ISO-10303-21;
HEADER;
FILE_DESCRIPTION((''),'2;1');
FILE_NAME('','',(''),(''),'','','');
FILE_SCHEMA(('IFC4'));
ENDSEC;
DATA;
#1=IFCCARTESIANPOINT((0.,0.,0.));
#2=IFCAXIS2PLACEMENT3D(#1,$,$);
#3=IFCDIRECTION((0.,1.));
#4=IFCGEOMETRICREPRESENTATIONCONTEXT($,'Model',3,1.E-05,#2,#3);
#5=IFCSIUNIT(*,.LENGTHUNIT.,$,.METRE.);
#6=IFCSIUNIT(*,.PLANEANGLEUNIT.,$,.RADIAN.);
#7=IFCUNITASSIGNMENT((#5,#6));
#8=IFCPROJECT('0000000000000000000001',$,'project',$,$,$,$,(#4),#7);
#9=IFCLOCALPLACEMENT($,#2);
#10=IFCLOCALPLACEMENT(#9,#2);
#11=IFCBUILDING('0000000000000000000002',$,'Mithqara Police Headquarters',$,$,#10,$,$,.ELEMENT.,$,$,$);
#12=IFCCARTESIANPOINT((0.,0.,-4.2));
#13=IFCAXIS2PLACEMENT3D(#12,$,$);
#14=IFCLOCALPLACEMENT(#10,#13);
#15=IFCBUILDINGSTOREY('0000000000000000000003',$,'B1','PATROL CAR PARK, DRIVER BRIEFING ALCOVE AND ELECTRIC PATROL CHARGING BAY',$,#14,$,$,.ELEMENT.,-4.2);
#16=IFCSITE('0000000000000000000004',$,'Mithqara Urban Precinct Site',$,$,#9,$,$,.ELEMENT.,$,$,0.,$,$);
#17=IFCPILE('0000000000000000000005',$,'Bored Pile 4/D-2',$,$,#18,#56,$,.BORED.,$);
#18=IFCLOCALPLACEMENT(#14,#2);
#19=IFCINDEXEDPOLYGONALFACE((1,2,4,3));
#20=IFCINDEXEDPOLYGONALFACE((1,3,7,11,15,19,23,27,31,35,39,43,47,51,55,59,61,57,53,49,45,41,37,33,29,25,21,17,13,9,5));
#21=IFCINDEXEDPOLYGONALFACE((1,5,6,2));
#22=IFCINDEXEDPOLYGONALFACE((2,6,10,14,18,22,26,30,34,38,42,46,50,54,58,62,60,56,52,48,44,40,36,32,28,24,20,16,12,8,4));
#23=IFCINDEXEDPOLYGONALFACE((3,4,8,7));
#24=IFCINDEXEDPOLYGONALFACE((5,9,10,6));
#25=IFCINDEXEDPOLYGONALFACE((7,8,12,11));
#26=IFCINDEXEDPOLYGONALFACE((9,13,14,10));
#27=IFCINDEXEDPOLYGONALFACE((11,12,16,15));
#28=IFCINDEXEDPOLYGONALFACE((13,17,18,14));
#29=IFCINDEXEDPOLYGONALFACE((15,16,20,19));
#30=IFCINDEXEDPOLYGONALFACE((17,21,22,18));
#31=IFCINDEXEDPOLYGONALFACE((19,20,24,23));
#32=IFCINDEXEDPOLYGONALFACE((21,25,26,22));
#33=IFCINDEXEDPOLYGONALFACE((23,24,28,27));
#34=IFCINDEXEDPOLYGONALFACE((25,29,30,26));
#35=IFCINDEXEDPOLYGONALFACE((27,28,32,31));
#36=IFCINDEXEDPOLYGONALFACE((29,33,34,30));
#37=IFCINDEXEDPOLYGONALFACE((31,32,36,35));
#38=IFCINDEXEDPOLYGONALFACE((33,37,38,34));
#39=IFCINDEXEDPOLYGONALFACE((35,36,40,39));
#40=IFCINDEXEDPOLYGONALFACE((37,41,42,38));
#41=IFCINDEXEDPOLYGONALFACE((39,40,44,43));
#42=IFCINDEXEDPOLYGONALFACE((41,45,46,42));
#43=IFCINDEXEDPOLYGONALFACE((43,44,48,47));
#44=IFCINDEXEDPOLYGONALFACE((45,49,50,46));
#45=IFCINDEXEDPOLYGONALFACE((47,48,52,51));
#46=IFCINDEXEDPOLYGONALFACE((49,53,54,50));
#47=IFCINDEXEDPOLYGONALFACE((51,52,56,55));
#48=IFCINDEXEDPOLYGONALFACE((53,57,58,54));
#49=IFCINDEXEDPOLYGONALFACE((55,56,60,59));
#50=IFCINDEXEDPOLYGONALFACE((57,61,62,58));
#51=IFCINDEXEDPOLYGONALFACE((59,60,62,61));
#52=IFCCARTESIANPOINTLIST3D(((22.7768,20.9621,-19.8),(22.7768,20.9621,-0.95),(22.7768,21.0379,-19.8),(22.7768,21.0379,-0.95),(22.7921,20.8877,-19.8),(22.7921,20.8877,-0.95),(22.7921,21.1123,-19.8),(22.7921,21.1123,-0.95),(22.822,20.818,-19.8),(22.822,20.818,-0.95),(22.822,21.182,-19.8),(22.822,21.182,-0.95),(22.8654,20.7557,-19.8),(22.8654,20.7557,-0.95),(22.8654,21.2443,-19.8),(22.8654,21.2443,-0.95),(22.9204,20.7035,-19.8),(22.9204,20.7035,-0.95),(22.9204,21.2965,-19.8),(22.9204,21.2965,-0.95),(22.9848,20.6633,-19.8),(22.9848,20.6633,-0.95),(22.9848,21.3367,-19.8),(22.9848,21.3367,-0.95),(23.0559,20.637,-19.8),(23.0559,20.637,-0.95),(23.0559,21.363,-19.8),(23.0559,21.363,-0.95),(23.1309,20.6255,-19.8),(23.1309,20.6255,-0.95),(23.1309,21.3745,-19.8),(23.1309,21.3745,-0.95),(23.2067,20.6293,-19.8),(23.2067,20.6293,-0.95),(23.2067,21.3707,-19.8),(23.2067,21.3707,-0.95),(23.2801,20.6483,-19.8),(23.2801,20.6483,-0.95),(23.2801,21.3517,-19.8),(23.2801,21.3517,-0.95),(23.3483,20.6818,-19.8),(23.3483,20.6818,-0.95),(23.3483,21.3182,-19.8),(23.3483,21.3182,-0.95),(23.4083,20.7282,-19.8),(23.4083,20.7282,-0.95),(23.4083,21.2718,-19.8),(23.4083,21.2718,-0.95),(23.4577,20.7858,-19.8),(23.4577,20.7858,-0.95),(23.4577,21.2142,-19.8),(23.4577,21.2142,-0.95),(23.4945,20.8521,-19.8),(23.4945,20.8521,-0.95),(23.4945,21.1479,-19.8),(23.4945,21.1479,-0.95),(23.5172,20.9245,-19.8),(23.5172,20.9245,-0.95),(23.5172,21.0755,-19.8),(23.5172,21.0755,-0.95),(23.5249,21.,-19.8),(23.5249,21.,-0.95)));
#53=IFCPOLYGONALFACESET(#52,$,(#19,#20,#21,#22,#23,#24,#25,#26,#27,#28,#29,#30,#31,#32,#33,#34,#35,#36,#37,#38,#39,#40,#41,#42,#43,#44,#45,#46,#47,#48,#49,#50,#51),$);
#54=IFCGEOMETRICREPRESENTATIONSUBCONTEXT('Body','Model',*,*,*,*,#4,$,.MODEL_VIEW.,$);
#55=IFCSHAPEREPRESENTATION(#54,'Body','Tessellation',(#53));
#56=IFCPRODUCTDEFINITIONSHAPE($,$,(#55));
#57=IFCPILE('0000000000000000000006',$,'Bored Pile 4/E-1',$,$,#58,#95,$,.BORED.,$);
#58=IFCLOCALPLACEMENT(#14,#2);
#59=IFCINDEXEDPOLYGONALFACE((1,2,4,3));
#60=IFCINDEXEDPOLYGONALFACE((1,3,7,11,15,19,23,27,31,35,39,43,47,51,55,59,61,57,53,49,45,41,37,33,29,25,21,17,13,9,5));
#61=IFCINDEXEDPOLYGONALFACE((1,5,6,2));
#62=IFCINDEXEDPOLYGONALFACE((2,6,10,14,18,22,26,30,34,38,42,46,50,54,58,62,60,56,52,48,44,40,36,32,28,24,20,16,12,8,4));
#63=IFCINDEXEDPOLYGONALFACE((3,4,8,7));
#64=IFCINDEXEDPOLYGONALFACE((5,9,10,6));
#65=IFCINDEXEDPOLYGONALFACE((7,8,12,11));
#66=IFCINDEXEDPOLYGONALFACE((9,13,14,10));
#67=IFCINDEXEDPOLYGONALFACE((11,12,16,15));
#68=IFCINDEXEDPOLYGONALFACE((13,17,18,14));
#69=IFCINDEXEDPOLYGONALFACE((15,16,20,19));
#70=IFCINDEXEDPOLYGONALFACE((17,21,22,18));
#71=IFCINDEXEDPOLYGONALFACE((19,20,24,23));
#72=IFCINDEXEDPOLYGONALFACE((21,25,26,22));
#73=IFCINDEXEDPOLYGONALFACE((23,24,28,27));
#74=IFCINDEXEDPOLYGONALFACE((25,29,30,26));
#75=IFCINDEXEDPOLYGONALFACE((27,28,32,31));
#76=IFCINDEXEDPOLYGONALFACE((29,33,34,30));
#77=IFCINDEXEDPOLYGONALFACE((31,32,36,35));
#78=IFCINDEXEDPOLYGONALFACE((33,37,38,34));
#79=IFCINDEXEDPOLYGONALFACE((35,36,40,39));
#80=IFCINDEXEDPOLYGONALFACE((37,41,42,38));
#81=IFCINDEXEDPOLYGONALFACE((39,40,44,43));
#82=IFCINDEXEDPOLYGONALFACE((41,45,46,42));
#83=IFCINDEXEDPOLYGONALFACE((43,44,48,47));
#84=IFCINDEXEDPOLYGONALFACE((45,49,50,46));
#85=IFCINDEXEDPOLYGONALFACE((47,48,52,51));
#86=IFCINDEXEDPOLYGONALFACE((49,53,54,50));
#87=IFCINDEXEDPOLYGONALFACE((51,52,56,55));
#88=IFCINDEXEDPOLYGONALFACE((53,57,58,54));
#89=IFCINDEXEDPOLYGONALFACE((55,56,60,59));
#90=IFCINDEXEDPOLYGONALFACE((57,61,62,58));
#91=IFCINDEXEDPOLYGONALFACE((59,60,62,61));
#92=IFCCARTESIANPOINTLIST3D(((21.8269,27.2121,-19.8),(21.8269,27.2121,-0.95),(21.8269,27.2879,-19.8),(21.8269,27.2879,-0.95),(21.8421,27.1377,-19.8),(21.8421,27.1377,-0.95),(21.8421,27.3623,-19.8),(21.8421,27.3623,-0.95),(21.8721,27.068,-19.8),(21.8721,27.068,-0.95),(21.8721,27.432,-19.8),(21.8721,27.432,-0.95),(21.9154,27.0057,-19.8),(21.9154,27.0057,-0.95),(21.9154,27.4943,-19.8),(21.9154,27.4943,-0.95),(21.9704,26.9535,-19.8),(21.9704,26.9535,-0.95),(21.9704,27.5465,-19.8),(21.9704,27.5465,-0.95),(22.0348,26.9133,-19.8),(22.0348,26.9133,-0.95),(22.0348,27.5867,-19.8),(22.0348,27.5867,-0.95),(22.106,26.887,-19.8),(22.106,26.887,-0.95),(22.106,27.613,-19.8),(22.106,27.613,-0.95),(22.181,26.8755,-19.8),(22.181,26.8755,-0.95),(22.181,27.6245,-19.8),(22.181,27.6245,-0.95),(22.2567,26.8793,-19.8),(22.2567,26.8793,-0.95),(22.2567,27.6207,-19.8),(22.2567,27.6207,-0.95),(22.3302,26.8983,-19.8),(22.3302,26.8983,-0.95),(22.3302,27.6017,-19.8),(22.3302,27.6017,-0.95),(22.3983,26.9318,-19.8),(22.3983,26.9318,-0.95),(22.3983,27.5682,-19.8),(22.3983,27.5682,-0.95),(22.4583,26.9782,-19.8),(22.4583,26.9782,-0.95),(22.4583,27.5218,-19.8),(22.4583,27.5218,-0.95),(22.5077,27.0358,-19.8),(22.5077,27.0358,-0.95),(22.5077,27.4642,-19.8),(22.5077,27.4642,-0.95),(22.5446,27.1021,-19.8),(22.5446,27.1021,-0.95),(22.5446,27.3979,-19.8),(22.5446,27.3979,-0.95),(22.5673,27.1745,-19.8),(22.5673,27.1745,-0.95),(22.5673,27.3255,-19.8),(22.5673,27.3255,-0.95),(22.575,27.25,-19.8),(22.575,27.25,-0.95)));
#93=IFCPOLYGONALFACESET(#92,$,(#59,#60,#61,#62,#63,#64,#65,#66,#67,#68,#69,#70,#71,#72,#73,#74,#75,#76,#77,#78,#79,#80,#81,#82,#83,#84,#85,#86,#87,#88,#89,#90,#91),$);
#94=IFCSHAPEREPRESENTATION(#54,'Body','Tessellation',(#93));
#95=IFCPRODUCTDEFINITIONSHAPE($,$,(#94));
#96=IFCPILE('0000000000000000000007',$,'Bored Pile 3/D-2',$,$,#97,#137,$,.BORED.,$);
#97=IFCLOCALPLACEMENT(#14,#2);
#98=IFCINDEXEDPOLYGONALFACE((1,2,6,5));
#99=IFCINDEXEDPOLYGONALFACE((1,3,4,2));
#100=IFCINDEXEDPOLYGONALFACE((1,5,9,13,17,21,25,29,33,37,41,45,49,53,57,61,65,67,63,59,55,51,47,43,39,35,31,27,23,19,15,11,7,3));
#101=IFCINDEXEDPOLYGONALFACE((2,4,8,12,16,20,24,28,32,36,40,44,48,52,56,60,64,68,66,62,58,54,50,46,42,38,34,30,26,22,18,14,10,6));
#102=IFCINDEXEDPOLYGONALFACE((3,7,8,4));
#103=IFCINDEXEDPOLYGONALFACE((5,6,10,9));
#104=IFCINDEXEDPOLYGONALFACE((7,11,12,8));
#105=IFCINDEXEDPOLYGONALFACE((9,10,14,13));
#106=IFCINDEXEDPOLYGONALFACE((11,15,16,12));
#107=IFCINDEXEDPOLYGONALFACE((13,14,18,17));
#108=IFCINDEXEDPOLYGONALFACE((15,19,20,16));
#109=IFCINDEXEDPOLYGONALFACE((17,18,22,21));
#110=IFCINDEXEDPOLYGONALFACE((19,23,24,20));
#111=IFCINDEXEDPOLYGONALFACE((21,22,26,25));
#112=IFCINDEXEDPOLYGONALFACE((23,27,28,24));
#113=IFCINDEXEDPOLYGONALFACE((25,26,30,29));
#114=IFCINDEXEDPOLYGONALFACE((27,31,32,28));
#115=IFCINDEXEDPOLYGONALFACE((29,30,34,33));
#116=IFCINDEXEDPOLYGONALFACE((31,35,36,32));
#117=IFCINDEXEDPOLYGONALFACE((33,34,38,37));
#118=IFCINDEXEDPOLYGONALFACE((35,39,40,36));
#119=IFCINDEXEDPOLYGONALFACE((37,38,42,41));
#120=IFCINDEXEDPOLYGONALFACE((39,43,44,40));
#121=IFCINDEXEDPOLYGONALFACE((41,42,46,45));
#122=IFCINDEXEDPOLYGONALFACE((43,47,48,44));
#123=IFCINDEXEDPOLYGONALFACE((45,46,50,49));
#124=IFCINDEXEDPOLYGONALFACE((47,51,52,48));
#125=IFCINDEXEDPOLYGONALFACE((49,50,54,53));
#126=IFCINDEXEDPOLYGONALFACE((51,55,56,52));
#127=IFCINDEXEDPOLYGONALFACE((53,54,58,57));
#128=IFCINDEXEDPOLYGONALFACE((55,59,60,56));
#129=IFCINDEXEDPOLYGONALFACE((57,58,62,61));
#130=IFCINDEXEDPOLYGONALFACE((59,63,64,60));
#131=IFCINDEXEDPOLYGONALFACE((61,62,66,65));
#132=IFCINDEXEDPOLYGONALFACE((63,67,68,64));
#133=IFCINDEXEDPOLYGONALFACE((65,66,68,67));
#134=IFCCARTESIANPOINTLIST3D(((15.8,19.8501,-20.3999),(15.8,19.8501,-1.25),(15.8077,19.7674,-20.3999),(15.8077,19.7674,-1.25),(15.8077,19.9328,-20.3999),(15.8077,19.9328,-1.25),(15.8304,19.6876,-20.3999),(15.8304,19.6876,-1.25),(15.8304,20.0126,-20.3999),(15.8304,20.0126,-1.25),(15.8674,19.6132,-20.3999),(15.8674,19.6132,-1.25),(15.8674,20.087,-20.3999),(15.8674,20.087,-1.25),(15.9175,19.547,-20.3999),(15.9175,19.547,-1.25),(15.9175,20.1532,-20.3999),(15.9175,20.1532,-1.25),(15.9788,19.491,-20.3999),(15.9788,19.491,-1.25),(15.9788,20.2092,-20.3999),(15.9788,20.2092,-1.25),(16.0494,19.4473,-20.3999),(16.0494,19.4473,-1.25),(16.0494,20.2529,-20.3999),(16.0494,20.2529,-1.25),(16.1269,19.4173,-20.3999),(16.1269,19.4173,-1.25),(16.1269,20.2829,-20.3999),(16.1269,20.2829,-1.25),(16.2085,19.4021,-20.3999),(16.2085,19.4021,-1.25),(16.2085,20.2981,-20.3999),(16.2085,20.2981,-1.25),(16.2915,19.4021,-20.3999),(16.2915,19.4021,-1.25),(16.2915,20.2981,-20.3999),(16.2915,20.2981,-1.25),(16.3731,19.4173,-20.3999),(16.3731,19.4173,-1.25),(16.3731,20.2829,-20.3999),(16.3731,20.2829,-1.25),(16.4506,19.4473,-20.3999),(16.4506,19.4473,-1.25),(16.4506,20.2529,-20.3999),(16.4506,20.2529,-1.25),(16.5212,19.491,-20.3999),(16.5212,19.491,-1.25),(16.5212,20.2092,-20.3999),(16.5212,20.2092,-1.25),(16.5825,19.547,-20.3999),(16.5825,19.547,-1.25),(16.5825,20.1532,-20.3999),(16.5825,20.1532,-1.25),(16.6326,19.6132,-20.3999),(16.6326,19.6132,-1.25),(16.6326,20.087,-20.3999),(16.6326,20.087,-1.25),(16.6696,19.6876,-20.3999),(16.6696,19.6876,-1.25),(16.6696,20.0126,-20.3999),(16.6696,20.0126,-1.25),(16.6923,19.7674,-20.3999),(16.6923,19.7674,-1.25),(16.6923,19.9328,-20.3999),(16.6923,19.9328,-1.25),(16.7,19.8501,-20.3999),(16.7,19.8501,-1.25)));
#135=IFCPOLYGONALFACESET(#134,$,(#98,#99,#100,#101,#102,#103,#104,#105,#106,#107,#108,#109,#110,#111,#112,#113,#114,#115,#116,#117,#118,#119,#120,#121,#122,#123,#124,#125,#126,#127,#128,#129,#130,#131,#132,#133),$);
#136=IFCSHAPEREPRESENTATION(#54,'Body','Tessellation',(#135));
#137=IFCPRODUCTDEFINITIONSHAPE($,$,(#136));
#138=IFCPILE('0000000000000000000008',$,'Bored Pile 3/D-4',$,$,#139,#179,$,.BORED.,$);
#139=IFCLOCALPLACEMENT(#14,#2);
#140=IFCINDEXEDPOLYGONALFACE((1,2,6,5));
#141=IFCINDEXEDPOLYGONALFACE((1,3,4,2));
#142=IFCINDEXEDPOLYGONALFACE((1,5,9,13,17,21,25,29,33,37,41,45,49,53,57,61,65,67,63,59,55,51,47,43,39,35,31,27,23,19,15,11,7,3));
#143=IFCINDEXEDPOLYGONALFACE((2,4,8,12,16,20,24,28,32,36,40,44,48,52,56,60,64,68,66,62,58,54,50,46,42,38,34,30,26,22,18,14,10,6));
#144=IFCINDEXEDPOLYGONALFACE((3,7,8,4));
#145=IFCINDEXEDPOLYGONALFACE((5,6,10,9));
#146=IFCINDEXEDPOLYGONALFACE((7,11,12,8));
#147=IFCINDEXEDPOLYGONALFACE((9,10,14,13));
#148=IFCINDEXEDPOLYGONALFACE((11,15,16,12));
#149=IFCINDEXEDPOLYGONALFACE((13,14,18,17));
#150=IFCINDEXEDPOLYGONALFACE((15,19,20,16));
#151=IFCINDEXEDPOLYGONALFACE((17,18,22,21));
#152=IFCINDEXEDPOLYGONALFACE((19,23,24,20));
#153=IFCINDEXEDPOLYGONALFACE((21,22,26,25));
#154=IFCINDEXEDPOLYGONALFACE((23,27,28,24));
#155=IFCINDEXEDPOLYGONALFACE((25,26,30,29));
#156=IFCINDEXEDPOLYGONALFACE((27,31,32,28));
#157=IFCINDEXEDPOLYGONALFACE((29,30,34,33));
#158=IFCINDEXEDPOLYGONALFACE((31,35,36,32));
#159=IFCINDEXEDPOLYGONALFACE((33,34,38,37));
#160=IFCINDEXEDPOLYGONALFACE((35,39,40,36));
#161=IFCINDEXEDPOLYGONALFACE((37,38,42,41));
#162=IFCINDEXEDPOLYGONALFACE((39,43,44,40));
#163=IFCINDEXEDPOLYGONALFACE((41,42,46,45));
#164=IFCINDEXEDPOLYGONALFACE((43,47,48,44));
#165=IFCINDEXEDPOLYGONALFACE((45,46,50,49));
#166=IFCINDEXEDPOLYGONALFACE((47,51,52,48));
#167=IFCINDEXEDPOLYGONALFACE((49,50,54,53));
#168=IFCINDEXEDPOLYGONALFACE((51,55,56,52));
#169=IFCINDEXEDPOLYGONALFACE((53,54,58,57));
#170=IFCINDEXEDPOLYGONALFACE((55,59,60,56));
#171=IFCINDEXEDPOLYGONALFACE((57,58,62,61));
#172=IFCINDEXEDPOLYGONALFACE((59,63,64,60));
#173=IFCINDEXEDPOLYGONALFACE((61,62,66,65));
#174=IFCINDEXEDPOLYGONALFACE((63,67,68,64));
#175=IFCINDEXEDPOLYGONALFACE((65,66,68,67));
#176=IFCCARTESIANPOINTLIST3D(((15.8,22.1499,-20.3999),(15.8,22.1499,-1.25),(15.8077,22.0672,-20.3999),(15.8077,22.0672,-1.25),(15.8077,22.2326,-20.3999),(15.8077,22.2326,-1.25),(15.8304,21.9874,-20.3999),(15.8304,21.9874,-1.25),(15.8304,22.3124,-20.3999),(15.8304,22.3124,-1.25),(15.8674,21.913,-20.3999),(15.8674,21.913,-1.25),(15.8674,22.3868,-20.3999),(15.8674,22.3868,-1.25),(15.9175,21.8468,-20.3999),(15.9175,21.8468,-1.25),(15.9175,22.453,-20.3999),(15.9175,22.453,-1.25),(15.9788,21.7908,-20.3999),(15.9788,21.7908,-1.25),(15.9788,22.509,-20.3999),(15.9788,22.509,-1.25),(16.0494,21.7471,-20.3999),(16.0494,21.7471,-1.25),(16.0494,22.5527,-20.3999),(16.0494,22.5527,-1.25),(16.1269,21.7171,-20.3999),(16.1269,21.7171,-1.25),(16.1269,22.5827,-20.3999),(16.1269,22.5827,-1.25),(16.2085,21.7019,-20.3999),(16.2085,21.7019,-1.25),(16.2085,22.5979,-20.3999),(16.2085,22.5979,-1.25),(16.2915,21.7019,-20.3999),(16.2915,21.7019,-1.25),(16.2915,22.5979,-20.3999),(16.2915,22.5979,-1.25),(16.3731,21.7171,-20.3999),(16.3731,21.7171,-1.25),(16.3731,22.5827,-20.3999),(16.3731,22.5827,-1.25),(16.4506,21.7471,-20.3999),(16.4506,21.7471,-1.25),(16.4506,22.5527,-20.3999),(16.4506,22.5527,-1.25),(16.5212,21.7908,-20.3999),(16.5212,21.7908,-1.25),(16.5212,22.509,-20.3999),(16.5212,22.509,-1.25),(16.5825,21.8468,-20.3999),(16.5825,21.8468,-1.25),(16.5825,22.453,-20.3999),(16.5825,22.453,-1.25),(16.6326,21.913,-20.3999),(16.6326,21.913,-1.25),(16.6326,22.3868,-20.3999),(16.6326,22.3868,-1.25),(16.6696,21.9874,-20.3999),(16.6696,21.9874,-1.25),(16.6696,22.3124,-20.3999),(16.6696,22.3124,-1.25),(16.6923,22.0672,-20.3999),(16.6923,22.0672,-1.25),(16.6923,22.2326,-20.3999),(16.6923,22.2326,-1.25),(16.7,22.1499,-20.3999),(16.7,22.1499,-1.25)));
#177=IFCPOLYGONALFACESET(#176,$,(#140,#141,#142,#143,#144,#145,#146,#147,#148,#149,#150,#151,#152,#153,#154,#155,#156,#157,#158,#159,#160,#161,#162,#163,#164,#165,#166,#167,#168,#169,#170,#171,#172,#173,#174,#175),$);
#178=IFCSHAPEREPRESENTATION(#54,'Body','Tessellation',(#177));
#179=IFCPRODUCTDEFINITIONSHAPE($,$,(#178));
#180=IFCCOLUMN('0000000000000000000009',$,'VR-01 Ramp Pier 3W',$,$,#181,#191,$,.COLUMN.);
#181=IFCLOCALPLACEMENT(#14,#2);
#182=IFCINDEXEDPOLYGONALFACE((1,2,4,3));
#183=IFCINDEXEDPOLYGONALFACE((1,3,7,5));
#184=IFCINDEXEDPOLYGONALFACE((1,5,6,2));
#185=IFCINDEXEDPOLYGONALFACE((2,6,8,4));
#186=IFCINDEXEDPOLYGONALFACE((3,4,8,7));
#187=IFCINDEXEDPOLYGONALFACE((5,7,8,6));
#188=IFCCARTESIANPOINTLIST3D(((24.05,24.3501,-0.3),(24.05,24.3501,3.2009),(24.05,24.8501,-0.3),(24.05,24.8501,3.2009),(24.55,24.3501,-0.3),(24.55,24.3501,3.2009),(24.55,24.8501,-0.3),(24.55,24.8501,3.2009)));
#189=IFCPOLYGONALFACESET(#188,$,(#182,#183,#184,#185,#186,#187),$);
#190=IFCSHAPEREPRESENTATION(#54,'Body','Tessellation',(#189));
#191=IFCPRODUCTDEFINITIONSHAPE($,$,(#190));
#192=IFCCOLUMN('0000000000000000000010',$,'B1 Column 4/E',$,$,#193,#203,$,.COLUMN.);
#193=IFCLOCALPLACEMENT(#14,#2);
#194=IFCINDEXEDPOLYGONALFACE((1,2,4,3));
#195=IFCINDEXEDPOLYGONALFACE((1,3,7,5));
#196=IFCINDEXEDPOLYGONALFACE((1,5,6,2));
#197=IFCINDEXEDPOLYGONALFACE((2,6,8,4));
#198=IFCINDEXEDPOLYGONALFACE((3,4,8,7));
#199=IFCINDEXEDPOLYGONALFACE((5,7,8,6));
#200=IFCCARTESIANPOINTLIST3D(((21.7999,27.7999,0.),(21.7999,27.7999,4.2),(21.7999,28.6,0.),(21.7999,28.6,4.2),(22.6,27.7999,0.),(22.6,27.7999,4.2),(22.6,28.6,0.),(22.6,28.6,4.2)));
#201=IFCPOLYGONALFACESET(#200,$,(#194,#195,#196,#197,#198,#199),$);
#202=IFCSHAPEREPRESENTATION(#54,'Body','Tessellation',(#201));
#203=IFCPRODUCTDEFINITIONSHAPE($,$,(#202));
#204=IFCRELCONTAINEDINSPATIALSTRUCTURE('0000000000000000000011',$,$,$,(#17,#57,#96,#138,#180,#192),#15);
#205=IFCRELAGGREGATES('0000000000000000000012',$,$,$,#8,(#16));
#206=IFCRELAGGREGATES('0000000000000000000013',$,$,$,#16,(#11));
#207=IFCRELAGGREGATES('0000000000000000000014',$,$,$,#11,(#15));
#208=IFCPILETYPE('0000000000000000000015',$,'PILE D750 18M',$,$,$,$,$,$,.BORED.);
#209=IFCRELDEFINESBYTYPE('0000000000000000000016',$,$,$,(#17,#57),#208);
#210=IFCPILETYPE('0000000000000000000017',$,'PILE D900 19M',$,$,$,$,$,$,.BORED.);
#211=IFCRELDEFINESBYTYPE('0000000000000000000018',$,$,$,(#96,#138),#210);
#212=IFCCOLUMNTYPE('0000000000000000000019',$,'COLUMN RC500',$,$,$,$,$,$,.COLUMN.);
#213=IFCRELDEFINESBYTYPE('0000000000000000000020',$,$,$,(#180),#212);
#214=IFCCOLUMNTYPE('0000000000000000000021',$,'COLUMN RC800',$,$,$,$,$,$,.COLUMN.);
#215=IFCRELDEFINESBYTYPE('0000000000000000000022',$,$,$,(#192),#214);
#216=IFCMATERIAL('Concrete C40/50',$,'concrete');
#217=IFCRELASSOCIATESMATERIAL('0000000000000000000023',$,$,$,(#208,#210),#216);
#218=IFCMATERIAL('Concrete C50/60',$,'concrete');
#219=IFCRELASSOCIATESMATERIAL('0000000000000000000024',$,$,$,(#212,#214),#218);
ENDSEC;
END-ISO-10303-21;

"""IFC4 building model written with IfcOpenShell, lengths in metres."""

from ifc_helpers import new_model, si_unit, direction, frame, origin, origin_2d, place, context, subcontext, project, spatial, rectangle, circle, extrude, material, material_profile, profile_set, type_object, element, save


model = new_model("IFC4")

# Units and contexts
model_context = context("Model", 3, precision=1e-05, world=origin(), true_north=direction((0.0, 1.0)))
body_context = subcontext(model_context, "Body", "Model", "MODEL_VIEW")
ifc_project = project(units=[si_unit("LENGTHUNIT", "METRE"), si_unit("PLANEANGLEUNIT", "RADIAN")], contexts=[model_context])

# Site, building, storey
site_placement = place(None, origin())
site = spatial("IfcSite", under=ifc_project, at=site_placement, Name="Mithqara Urban Precinct Site", CompositionType="ELEMENT", RefElevation=0.0)
building_placement = place(site_placement, origin())
building = spatial("IfcBuilding", under=site, at=building_placement, Name="Mithqara Police Headquarters", CompositionType="ELEMENT")
storey_placement = place(building_placement, frame((0.0, 0.0, -4.2)))
storey = spatial("IfcBuildingStorey", under=building, at=storey_placement, Name="B1", Description="PATROL CAR PARK, DRIVER BRIEFING ALCOVE AND ELECTRIC PATROL CHARGING BAY", CompositionType="ELEMENT", Elevation=-4.2)

# Shared definitions
ifc_material_1 = material(Name="Concrete C40/50", Category="concrete")

# Piles
ifc_material_profile_1 = material_profile(ifc_material_1, circle(Radius=0.375, at=origin_2d()), Name="PILE D750")
ifc_profile_set_1 = profile_set([ifc_material_profile_1], Name="Concrete C40/50")
pile_type_1 = type_object("IfcPileType", Name="PILE D750 18M", PredefinedType="BORED", material=ifc_profile_set_1)
for number, where, z_axis, x_axis, name in (
    (1, (23.1499, 21.0, -0.95), (0.0, 0.0, -1.0), (1.0, 0.0, 0.0), "Bored Pile 4/D-2"),
    (2, (22.2, 27.25, -0.95), (0.0, 0.0, -1.0), (1.0, 0.0, 0.0), "Bored Pile 4/E-1"),
):
    element("IfcPile", number, at=place(storey_placement, frame(where, z_axis=z_axis, x_axis=x_axis)), inside=storey, type_object=pile_type_1, Name=name, PredefinedType="BORED", context=body_context, shape_type="SweptSolid", body=[
        extrude(circle(Radius=0.375, at=origin_2d()), origin(), (0.0, 0.0, 1.0), 18.8501),
    ])
ifc_material_profile_2 = material_profile(ifc_material_1, circle(Radius=0.45, at=origin_2d()), Name="PILE D900")
ifc_profile_set_2 = profile_set([ifc_material_profile_2], Name="Concrete C40/50")
pile_type_2 = type_object("IfcPileType", Name="PILE D900 19M", PredefinedType="BORED", material=ifc_profile_set_2)
for number, where, z_axis, x_axis, name in (
    (3, (16.25, 19.8501, -1.25), (0.0, 0.0, -1.0), (1.0, 0.0, 0.0), "Bored Pile 3/D-2"),
    (4, (16.25, 22.1499, -1.25), (0.0, 0.0, -1.0), (1.0, 0.0, 0.0), "Bored Pile 3/D-4"),
):
    element("IfcPile", number, at=place(storey_placement, frame(where, z_axis=z_axis, x_axis=x_axis)), inside=storey, type_object=pile_type_2, Name=name, PredefinedType="BORED", context=body_context, shape_type="SweptSolid", body=[
        extrude(circle(Radius=0.45, at=origin_2d()), origin(), (0.0, 0.0, 1.0), 19.1499),
    ])

# Columns
ifc_material_2 = material(Name="Concrete C50/60", Category="concrete")
ifc_material_profile_3 = material_profile(ifc_material_2, rectangle(XDim=0.5, YDim=0.5, at=origin_2d()), Name="RC 500x500")
ifc_profile_set_3 = profile_set([ifc_material_profile_3], Name="Concrete C50/60")
column_type_1 = type_object("IfcColumnType", Name="COLUMN RC500", PredefinedType="COLUMN", material=ifc_profile_set_3)
column_1_placement = place(storey_placement, frame((24.3, 24.6001, -0.3), z_axis=(0.0, 0.0, 1.0), x_axis=(1.0, 0.0, 0.0)))
element("IfcColumn", 5, at=column_1_placement, inside=storey, type_object=column_type_1, Name="VR-01 Ramp Pier 3W", PredefinedType="COLUMN", context=body_context, shape_type="SweptSolid", body=[
    extrude(rectangle(XDim=0.5, YDim=0.5, at=origin_2d()), origin(), (0.0, 0.0, 1.0), 3.501),
])
ifc_material_profile_4 = material_profile(ifc_material_2, rectangle(XDim=0.8, YDim=0.8, at=origin_2d()), Name="RC 800x800")
ifc_profile_set_4 = profile_set([ifc_material_profile_4], Name="Concrete C50/60")
column_type_2 = type_object("IfcColumnType", Name="COLUMN RC800", PredefinedType="COLUMN", material=ifc_profile_set_4)
column_2_placement = place(storey_placement, frame((22.2, 28.2, 0.0), z_axis=(0.0, 0.0, 1.0), x_axis=(1.0, 0.0, 0.0)))
element("IfcColumn", 6, at=column_2_placement, inside=storey, type_object=column_type_2, Name="B1 Column 4/E", PredefinedType="COLUMN", context=body_context, shape_type="SweptSolid", body=[
    extrude(rectangle(XDim=0.8, YDim=0.8, at=origin_2d()), origin(), (0.0, 0.0, 1.0), 4.2),
])

save(model, "model.ifc")
